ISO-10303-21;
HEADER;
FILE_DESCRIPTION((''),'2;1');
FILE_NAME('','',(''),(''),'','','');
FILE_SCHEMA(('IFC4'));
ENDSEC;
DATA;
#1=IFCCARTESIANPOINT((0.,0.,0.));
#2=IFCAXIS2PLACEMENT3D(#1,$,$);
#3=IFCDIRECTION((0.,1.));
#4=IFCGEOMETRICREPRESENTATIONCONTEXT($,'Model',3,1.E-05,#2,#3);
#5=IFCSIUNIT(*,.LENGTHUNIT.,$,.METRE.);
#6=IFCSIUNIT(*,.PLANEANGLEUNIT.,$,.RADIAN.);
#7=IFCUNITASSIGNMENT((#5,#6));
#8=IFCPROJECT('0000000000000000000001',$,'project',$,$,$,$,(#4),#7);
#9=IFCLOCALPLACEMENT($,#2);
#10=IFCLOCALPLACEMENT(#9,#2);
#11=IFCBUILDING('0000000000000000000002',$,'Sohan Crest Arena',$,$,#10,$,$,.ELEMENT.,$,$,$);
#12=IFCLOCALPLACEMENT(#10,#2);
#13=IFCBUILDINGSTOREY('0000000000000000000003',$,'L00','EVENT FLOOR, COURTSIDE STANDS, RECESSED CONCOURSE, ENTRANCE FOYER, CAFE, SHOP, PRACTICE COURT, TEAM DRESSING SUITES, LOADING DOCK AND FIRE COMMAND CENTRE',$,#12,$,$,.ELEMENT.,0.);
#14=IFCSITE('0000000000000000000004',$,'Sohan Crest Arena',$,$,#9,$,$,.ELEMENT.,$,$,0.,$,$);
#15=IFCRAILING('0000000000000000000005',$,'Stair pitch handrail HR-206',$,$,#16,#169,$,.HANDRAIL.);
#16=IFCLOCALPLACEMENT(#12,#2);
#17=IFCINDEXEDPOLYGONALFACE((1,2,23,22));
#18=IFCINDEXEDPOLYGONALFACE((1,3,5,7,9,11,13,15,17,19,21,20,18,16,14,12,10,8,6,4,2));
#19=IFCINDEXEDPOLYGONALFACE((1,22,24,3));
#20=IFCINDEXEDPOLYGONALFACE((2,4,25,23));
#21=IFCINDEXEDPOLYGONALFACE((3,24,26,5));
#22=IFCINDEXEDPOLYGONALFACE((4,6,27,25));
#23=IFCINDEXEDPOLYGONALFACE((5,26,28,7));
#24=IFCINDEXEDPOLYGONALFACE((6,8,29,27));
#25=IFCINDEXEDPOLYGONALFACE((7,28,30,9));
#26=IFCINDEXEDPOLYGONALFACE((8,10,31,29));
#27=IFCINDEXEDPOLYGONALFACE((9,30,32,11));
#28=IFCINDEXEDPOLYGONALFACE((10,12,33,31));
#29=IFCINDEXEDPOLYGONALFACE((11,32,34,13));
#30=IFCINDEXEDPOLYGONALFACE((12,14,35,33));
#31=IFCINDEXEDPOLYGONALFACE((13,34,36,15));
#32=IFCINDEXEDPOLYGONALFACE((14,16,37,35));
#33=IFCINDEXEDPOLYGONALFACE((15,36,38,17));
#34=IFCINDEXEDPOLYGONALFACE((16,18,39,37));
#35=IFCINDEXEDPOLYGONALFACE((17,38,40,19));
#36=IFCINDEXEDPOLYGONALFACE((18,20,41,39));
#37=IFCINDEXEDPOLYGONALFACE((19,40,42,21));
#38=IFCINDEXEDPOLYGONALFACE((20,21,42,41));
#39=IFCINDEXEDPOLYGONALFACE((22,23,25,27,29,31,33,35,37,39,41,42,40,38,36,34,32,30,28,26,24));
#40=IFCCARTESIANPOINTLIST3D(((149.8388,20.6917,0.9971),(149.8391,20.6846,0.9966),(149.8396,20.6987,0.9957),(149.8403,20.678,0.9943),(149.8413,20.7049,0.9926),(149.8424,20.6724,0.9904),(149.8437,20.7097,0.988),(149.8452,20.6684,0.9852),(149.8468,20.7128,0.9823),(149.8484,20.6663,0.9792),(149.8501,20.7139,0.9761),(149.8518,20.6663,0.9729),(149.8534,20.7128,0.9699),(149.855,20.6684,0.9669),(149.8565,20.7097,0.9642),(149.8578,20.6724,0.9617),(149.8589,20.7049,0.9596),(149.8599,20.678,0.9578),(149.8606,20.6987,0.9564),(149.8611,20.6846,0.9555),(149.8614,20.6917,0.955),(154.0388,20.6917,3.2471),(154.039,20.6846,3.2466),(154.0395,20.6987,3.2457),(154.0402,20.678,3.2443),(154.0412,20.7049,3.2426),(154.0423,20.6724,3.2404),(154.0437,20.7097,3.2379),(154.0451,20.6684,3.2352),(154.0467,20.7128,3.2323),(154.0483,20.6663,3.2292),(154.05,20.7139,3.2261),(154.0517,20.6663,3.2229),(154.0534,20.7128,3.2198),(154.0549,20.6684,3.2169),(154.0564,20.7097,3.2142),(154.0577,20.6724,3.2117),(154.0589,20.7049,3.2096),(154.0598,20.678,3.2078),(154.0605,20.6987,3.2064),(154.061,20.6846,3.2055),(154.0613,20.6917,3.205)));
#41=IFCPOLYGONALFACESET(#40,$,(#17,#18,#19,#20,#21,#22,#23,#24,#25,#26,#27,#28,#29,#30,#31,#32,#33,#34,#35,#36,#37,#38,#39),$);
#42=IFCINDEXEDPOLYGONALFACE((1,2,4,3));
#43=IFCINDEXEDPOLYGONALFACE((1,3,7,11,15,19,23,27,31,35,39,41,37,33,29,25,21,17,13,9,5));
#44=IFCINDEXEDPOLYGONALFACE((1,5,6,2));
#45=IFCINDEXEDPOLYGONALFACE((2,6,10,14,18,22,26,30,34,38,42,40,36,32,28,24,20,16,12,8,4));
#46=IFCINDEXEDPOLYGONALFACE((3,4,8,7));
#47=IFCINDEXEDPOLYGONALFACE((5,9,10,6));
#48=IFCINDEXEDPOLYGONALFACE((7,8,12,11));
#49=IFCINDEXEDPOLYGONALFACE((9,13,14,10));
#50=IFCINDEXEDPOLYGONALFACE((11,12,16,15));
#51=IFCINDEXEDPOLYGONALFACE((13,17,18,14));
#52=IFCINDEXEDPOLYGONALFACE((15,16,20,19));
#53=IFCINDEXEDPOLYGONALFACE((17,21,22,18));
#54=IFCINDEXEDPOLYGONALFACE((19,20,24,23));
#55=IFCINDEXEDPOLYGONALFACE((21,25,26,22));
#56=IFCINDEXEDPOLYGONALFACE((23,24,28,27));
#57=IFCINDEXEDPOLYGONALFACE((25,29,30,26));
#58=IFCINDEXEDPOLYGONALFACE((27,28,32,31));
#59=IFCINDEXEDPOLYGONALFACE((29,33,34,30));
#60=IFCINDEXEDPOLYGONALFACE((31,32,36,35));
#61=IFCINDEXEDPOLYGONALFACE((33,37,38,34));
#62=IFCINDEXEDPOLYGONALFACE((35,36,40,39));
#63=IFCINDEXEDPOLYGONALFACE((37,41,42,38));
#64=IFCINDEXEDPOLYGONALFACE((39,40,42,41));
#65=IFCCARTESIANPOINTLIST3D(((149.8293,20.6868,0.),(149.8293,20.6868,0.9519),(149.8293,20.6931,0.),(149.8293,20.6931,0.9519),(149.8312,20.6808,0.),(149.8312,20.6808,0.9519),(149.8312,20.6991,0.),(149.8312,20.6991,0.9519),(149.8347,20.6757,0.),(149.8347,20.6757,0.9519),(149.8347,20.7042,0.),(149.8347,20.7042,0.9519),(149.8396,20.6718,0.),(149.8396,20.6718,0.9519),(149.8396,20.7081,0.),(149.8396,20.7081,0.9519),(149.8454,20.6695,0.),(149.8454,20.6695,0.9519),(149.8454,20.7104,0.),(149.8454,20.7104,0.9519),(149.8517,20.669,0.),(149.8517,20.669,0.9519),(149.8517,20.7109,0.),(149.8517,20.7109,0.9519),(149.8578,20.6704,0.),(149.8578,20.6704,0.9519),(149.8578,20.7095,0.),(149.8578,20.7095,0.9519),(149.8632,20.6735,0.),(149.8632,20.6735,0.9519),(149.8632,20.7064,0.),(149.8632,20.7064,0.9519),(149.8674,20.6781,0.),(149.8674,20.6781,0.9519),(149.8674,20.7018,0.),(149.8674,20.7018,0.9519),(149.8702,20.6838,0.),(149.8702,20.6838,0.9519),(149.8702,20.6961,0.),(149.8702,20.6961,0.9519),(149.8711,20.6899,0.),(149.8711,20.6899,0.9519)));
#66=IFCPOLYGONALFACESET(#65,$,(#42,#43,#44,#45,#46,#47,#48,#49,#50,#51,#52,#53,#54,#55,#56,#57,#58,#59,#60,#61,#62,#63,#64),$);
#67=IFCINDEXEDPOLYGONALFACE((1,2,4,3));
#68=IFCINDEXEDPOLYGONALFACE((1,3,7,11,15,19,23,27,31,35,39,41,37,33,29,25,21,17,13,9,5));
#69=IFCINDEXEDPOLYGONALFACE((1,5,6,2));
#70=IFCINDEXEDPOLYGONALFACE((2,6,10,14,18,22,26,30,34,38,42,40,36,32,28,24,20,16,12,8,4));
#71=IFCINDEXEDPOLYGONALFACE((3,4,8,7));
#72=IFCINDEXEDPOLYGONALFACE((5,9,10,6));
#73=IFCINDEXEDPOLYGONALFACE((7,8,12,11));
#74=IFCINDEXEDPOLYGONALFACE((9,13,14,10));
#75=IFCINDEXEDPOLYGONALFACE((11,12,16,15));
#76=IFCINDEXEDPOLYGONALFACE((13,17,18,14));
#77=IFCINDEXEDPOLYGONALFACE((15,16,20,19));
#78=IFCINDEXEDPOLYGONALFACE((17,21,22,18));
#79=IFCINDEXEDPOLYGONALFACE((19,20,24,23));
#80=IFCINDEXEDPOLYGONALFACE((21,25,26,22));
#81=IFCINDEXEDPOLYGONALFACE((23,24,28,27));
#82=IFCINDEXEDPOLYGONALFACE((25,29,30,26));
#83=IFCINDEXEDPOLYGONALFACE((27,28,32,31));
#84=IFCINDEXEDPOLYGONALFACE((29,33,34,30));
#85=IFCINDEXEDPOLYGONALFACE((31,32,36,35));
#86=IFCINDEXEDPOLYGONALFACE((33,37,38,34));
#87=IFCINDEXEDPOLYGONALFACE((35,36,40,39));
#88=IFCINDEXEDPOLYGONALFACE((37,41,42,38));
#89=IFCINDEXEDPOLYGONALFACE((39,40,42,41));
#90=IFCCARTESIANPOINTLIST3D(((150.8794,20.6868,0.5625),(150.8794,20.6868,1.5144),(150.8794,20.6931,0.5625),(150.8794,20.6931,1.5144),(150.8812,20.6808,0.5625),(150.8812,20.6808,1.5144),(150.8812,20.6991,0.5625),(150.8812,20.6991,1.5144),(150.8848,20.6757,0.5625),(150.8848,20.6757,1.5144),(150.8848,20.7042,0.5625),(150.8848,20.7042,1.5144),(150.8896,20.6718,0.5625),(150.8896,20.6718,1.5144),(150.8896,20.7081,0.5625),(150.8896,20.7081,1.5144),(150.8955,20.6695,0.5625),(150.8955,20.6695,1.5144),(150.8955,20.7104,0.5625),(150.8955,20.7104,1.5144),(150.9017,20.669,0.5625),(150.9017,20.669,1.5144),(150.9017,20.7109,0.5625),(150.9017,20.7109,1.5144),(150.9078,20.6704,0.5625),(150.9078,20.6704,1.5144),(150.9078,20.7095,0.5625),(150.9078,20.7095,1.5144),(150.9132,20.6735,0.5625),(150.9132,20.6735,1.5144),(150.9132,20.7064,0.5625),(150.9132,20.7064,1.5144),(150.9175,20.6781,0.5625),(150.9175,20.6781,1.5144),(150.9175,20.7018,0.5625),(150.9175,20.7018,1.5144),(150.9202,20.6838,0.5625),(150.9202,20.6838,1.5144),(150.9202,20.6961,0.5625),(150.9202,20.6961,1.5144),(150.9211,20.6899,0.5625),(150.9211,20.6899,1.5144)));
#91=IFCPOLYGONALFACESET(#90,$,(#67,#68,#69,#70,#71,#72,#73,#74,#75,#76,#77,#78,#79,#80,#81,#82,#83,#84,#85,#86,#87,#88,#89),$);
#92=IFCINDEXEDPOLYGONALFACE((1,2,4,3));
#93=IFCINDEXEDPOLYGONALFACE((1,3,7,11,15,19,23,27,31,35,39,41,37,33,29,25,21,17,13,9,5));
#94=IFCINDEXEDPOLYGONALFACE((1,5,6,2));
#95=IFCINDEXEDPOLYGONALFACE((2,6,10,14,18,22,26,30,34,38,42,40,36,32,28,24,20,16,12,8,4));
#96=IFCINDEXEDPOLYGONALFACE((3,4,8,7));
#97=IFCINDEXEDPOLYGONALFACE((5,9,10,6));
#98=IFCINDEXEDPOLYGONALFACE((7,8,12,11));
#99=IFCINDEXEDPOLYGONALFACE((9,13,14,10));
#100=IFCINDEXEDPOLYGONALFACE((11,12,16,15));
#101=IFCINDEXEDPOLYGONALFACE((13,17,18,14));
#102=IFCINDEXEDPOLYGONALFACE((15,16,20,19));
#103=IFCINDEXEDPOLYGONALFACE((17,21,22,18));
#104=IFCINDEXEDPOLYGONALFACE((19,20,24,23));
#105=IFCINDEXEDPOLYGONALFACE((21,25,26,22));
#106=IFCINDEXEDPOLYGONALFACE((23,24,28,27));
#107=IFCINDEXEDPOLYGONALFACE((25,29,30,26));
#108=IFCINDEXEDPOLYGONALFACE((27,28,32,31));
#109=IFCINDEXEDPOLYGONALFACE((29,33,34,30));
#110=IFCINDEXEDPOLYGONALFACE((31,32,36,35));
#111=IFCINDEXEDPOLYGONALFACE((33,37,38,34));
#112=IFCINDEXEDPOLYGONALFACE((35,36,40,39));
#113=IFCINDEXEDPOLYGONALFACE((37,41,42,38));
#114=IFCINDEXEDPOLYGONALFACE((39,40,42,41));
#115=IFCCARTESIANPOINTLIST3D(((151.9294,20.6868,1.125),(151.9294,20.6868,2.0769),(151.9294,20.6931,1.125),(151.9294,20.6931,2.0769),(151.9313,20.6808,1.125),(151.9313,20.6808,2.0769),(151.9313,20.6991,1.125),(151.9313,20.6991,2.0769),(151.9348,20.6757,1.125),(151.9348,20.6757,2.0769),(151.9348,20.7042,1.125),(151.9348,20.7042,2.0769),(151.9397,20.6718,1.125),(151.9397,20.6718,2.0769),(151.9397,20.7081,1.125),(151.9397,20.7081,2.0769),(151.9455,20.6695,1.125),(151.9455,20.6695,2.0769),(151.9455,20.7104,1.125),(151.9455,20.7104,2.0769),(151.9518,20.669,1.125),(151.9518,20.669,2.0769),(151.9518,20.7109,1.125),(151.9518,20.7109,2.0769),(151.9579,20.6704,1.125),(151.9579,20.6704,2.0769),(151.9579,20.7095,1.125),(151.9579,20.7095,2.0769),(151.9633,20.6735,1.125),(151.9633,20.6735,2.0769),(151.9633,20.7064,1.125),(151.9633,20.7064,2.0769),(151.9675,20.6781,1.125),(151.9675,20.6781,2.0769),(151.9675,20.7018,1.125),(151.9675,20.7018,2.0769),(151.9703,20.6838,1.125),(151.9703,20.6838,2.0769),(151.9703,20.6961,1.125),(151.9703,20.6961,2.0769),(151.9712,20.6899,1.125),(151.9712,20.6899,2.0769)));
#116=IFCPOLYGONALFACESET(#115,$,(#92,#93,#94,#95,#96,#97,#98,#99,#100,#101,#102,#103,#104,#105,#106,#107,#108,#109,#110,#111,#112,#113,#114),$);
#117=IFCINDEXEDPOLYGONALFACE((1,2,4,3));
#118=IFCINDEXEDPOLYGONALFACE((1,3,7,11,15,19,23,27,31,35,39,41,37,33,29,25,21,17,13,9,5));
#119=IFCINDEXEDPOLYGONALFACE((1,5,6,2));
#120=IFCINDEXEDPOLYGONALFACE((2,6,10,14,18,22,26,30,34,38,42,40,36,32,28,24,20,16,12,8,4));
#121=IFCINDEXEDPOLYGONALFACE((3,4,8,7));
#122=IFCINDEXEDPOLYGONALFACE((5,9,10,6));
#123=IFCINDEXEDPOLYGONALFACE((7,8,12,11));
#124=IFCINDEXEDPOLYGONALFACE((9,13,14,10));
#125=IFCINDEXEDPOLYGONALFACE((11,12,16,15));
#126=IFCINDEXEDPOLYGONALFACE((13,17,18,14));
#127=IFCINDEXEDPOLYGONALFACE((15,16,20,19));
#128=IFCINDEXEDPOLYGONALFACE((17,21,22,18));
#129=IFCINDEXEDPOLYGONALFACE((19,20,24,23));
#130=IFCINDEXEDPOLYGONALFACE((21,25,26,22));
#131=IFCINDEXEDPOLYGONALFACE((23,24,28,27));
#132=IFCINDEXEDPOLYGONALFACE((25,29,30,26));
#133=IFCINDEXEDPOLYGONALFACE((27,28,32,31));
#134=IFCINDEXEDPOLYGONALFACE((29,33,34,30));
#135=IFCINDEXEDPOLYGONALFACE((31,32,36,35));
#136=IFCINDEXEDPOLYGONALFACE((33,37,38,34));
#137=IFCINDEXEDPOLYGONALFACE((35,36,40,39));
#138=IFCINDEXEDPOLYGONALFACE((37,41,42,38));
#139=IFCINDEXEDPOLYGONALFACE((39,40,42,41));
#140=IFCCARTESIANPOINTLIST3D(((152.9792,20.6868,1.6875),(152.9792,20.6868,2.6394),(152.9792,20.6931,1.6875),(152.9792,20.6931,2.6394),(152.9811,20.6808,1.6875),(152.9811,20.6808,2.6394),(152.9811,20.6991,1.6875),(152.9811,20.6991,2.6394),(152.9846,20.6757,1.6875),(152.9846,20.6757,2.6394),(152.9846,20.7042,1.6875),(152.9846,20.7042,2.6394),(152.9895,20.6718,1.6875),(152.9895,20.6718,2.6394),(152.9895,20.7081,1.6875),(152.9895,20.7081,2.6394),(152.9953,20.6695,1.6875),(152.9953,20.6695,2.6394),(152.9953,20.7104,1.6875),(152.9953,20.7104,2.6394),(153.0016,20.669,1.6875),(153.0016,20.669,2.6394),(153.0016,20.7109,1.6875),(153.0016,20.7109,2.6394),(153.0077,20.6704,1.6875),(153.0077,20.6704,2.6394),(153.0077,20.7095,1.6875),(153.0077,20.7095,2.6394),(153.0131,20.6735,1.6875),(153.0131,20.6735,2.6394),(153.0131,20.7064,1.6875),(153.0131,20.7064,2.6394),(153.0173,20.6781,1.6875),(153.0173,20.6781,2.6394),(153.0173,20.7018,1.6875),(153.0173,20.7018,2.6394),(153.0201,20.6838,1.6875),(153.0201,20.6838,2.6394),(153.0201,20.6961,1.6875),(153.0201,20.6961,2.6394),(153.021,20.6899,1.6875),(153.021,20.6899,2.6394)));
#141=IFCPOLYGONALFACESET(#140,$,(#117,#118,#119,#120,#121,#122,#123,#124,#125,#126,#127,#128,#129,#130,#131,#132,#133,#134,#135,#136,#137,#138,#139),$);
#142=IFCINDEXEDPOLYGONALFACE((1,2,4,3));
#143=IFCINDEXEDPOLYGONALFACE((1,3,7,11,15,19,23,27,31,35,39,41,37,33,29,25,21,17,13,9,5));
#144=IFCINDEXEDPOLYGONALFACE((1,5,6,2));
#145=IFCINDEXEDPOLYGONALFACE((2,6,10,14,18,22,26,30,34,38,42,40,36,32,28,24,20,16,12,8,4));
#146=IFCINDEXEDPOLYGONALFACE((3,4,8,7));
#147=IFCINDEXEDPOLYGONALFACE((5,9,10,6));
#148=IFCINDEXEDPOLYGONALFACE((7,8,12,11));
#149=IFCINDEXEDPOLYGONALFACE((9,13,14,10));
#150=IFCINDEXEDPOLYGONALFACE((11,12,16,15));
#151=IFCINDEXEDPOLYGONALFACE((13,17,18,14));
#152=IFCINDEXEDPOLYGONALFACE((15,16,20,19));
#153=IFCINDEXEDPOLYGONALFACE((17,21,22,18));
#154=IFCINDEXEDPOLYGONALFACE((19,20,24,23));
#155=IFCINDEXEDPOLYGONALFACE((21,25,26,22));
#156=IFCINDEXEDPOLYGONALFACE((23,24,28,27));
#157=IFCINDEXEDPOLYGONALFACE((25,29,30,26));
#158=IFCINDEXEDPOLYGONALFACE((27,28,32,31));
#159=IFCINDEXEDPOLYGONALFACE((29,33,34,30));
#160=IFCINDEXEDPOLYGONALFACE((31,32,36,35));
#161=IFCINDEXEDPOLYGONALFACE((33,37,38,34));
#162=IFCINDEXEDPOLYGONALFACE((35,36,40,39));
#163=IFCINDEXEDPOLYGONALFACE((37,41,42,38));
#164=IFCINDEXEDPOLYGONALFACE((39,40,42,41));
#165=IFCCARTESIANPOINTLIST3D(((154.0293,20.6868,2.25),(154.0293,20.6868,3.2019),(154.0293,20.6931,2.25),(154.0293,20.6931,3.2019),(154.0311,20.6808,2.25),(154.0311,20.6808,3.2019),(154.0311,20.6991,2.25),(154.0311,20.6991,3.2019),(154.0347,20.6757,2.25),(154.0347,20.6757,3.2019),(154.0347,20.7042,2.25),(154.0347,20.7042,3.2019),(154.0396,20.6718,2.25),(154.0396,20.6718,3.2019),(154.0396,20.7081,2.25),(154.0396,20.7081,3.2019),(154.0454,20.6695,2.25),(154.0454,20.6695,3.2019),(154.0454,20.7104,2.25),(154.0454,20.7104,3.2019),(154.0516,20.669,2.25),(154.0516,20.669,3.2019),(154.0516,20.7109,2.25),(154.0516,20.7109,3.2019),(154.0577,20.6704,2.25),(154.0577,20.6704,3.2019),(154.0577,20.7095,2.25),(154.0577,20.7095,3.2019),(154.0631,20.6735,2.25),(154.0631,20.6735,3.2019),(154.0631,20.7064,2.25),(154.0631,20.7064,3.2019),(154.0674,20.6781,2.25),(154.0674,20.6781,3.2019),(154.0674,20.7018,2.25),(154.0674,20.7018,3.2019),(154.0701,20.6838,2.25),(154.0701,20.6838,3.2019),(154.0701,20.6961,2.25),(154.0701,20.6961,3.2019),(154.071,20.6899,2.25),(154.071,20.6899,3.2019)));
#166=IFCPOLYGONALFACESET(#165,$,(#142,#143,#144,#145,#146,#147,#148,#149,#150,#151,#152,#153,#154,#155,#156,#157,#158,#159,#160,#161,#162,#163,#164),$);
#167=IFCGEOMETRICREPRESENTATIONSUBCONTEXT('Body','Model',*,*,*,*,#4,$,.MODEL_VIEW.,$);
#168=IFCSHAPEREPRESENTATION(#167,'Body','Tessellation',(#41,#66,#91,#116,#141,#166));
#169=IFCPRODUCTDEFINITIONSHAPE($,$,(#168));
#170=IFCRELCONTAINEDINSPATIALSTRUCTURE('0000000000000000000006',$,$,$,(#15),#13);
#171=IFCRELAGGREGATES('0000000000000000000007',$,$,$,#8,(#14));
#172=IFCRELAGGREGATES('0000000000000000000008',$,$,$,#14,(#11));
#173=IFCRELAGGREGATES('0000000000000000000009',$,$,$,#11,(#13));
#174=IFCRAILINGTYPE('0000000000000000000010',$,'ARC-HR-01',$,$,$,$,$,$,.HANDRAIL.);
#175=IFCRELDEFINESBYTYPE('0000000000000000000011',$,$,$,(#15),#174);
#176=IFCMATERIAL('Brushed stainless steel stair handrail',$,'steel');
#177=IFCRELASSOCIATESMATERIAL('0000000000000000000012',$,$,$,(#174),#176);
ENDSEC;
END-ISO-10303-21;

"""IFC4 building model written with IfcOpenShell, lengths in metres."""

from ifc_helpers import new_model, si_unit, direction, frame, origin, origin_2d, place, context, subcontext, project, spatial, circle, extrude, material, type_object, element, save


model = new_model("IFC4")

# Units and contexts
model_context = context("Model", 3, precision=1e-05, world=origin(), true_north=direction((0.0, 1.0)))
body_context = subcontext(model_context, "Body", "Model", "MODEL_VIEW")
ifc_project = project(units=[si_unit("LENGTHUNIT", "METRE"), si_unit("PLANEANGLEUNIT", "RADIAN")], contexts=[model_context])

# Site, building, storey
site_placement = place(None, origin())
site = spatial("IfcSite", under=ifc_project, at=site_placement, Name="Sohan Crest Arena", CompositionType="ELEMENT", RefElevation=0.0)
building_placement = place(site_placement, origin())
building = spatial("IfcBuilding", under=site, at=building_placement, Name="Sohan Crest Arena", CompositionType="ELEMENT")
storey_placement = place(building_placement, origin())
storey = spatial("IfcBuildingStorey", under=building, at=storey_placement, Name="L00", Description="EVENT FLOOR, COURTSIDE STANDS, RECESSED CONCOURSE, ENTRANCE FOYER, CAFE, SHOP, PRACTICE COURT, TEAM DRESSING SUITES, LOADING DOCK AND FIRE COMMAND CENTRE", CompositionType="ELEMENT", Elevation=0.0)

# Railing
ifc_material_1 = material(Name="Brushed stainless steel stair handrail", Category="steel")
railing_type_1 = type_object("IfcRailingType", Name="ARC-HR-01", PredefinedType="HANDRAIL", material=ifc_material_1)
for number, where, name in (
    (1, (149.8501, 20.6899, 0.0), "Stair pitch handrail HR-206"),
):
    element("IfcRailing", number, at=place(storey_placement, frame(where)), inside=storey, type_object=railing_type_1, Name=name, PredefinedType="HANDRAIL", context=body_context, shape_type="SweptSolid", body=[
        extrude(circle(Radius=0.0239, at=origin_2d()), frame((0.0, 0.0, 0.9761), z_axis=(0.881478, 0.0, 0.472226), x_axis=(0.0, 1.0, 0.0)), (0.0, 0.0, 1.0), 4.7646),
        extrude(circle(Radius=0.021, at=origin_2d()), origin(), (0.0, 0.0, 1.0), 0.9519),
        extrude(circle(Radius=0.021, at=origin_2d()), frame((1.05, 0.0, 0.5625)), (0.0, 0.0, 1.0), 0.9519),
        extrude(circle(Radius=0.021, at=origin_2d()), frame((2.1001, 0.0, 1.125)), (0.0, 0.0, 1.0), 0.9519),
        extrude(circle(Radius=0.021, at=origin_2d()), frame((3.1499, 0.0, 1.6875)), (0.0, 0.0, 1.0), 0.9519),
        extrude(circle(Radius=0.021, at=origin_2d()), frame((4.2, 0.0, 2.25)), (0.0, 0.0, 1.0), 0.9519),
    ])

save(model, "model.ifc")
